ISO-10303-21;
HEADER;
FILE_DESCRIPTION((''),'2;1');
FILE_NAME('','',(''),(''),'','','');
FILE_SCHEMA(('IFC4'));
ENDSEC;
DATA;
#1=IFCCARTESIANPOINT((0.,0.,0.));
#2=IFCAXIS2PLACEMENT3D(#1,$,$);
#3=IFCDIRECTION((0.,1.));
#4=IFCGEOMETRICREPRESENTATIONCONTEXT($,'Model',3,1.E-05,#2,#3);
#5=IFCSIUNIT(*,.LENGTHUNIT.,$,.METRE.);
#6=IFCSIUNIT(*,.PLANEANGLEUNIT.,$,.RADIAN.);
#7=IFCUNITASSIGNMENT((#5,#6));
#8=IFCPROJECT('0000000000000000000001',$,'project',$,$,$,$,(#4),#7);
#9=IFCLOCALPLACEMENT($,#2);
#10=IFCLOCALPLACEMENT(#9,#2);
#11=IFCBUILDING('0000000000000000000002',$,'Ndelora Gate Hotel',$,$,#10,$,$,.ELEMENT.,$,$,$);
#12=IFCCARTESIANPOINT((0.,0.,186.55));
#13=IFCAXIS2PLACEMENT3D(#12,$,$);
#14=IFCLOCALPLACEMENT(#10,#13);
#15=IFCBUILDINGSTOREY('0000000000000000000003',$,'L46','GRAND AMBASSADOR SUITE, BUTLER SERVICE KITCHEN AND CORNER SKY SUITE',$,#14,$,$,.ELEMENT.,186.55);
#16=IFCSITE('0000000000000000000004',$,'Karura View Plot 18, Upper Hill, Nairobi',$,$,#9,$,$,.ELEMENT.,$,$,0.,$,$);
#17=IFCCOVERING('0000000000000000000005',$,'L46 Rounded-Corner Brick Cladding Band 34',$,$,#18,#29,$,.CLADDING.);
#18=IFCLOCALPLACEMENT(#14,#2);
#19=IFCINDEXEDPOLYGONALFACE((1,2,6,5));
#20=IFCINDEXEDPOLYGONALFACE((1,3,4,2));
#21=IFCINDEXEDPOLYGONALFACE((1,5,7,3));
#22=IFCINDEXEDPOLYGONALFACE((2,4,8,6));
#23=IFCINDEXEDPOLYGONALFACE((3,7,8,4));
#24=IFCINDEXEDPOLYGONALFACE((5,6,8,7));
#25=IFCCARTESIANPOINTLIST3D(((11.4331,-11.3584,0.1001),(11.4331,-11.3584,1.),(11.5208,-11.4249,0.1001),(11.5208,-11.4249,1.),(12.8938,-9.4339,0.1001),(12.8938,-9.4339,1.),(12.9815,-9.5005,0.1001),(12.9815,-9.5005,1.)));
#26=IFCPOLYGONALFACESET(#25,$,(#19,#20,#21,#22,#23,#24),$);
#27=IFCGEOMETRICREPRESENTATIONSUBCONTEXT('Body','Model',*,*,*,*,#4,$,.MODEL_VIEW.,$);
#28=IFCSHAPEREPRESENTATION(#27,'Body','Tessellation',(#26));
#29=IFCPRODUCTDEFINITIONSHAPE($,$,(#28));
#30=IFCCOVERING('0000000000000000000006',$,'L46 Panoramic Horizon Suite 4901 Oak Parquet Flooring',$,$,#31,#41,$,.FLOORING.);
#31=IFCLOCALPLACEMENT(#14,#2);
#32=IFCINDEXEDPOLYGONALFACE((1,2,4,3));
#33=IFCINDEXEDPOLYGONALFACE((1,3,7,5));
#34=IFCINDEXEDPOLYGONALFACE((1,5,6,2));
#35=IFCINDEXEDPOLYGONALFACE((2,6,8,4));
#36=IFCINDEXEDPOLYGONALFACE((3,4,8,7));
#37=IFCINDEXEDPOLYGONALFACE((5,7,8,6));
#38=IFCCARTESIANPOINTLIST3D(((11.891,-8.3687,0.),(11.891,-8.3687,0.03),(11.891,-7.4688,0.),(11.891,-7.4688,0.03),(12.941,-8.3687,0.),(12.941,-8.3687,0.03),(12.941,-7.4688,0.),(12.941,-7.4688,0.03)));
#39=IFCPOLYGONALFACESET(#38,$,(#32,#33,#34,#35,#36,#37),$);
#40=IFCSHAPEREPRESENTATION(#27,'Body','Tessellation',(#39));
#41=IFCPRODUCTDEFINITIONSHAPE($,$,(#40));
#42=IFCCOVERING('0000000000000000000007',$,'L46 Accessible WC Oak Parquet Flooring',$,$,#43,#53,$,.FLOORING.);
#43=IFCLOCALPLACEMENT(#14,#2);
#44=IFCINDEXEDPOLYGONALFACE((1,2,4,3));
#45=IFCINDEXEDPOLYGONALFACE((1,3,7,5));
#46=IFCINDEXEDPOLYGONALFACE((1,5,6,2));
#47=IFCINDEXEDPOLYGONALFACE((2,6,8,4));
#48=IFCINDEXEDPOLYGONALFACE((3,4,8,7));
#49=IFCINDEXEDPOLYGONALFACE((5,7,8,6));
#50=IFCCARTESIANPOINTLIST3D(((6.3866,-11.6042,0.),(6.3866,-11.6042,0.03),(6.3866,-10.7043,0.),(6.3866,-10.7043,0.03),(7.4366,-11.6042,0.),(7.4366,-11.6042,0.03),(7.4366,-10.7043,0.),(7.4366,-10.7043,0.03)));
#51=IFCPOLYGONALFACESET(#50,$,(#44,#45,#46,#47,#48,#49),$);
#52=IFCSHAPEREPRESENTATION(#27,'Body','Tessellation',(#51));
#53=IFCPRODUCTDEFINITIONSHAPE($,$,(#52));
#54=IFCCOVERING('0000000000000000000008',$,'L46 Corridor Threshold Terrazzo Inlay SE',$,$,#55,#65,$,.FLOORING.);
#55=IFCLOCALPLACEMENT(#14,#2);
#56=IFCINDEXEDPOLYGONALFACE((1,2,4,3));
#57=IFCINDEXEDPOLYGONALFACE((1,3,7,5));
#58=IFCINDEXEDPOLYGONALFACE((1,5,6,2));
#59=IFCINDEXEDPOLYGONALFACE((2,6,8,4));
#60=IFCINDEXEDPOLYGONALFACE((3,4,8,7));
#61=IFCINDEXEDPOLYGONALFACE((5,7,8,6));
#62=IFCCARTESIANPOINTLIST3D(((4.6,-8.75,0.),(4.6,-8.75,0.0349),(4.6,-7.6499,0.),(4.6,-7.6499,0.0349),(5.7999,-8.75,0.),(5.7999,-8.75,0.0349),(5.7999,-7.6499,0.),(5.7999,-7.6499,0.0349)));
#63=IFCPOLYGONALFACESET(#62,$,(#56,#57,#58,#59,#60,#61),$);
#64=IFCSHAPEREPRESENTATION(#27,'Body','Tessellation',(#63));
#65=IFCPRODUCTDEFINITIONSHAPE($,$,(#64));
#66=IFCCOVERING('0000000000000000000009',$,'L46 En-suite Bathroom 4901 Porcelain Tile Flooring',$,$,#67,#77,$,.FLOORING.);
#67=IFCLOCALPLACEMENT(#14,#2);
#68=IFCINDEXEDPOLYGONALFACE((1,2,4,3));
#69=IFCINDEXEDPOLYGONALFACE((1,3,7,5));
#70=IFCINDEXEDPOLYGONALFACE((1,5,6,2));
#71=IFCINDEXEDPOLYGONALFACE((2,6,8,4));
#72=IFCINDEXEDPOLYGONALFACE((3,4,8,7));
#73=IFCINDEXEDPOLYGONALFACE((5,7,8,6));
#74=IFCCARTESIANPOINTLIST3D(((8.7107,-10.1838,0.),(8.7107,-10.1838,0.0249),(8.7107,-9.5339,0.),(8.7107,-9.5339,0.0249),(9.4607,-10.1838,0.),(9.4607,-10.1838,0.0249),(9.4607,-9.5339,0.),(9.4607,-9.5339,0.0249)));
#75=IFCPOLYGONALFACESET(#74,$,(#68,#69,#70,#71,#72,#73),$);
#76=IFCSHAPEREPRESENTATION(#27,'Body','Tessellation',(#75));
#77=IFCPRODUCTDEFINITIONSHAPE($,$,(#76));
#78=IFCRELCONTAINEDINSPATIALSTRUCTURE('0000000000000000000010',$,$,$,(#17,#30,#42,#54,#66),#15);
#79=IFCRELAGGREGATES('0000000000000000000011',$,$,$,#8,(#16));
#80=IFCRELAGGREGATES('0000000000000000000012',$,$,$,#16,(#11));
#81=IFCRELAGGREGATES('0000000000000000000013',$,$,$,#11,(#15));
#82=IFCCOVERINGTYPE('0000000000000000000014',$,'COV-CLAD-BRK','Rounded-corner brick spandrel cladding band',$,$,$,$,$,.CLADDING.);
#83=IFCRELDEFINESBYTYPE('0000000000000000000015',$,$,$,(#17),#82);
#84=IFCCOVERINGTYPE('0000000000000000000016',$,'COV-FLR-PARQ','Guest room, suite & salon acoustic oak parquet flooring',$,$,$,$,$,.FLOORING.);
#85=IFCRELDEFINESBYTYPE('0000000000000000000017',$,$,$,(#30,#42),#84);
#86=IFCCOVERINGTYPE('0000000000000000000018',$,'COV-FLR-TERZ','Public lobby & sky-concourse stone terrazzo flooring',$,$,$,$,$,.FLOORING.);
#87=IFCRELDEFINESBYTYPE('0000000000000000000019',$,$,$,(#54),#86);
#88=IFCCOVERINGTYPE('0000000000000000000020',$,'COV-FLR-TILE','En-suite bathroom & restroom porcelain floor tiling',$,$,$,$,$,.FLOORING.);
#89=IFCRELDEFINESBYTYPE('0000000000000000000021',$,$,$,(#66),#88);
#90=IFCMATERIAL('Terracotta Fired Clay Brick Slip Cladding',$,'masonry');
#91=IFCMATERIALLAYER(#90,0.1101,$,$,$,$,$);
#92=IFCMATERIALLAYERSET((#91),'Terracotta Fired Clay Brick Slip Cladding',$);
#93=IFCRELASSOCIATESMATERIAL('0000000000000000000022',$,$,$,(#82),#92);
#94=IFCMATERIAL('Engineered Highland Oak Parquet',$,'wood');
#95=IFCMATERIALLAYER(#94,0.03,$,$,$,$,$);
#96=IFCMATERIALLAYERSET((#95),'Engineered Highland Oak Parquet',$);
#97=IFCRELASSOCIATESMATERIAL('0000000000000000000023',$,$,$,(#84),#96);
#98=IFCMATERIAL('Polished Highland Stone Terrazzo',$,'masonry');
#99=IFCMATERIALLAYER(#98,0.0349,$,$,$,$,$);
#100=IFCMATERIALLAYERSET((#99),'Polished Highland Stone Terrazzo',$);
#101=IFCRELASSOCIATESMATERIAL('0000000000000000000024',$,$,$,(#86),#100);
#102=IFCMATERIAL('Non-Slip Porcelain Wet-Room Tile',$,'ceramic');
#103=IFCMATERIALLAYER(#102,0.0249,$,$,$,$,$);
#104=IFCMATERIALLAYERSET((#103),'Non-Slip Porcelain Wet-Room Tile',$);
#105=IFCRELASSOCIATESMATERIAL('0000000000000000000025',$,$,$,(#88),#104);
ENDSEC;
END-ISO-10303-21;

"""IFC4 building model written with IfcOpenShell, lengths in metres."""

from ifc_helpers import new_model, si_unit, direction, frame, origin, origin_2d, place, context, subcontext, project, spatial, rectangle, extrude, material, layer, layer_set, type_object, element, save


model = new_model("IFC4")

# Units and contexts
model_context = context("Model", 3, precision=1e-05, world=origin(), true_north=direction((0.0, 1.0)))
body_context = subcontext(model_context, "Body", "Model", "MODEL_VIEW")
ifc_project = project(units=[si_unit("LENGTHUNIT", "METRE"), si_unit("PLANEANGLEUNIT", "RADIAN")], contexts=[model_context])

# Site, building, storey
site_placement = place(None, origin())
site = spatial("IfcSite", under=ifc_project, at=site_placement, Name="Karura View Plot 18, Upper Hill, Nairobi", CompositionType="ELEMENT", RefElevation=0.0)
building_placement = place(site_placement, origin())
building = spatial("IfcBuilding", under=site, at=building_placement, Name="Ndelora Gate Hotel", CompositionType="ELEMENT")
storey_placement = place(building_placement, frame((0.0, 0.0, 186.55)))
storey = spatial("IfcBuildingStorey", under=building, at=storey_placement, Name="L46", Description="GRAND AMBASSADOR SUITE, BUTLER SERVICE KITCHEN AND CORNER SKY SUITE", CompositionType="ELEMENT", Elevation=186.55)

# Coverings
ifc_material_1 = material(Name="Terracotta Fired Clay Brick Slip Cladding", Category="masonry")
ifc_layer_1 = layer(ifc_material_1, 0.1101)
ifc_layer_set_1 = layer_set([ifc_layer_1], Name="Terracotta Fired Clay Brick Slip Cladding")
covering_type_1 = type_object("IfcCoveringType", Name="COV-CLAD-BRK", Description="Rounded-corner brick spandrel cladding band", PredefinedType="CLADDING", material=ifc_layer_set_1)
covering_1_placement = place(storey_placement, frame((12.2073, -10.4294, 0.1001), z_axis=(0.0, 0.0, 1.0), x_axis=(0.604599, 0.79653, 0.0)))
element("IfcCovering", 1, at=covering_1_placement, inside=storey, type_object=covering_type_1, Name="L46 Rounded-Corner Brick Cladding Band 34", PredefinedType="CLADDING", context=body_context, shape_type="SweptSolid", body=[
    extrude(rectangle(XDim=2.416, YDim=0.1101, at=origin_2d()), origin(), (0.0, 0.0, 1.0), 0.8999),
])
ifc_material_2 = material(Name="Engineered Highland Oak Parquet", Category="wood")
ifc_layer_2 = layer(ifc_material_2, 0.03)
ifc_layer_set_2 = layer_set([ifc_layer_2], Name="Engineered Highland Oak Parquet")
covering_type_2 = type_object("IfcCoveringType", Name="COV-FLR-PARQ", Description="Guest room, suite & salon acoustic oak parquet flooring", PredefinedType="FLOORING", material=ifc_layer_set_2)
for number, where, z_axis, x_axis, name in (
    (2, (12.416, -7.9187, 0.0), (0.0, 0.0, 1.0), (1.0, 0.0, 0.0), "L46 Panoramic Horizon Suite 4901 Oak Parquet Flooring"),
    (3, (6.9116, -11.1543, 0.0), (0.0, 0.0, 1.0), (1.0, 0.0, 0.0), "L46 Accessible WC Oak Parquet Flooring"),
):
    element("IfcCovering", number, at=place(storey_placement, frame(where, z_axis=z_axis, x_axis=x_axis)), inside=storey, type_object=covering_type_2, Name=name, PredefinedType="FLOORING", context=body_context, shape_type="SweptSolid", body=[
        extrude(rectangle(XDim=1.05, YDim=0.8999, at=origin_2d()), origin(), (0.0, 0.0, 1.0), 0.03),
    ])
ifc_material_3 = material(Name="Polished Highland Stone Terrazzo", Category="masonry")
ifc_layer_3 = layer(ifc_material_3, 0.0349)
ifc_layer_set_3 = layer_set([ifc_layer_3], Name="Polished Highland Stone Terrazzo")
covering_type_3 = type_object("IfcCoveringType", Name="COV-FLR-TERZ", Description="Public lobby & sky-concourse stone terrazzo flooring", PredefinedType="FLOORING", material=ifc_layer_set_3)
covering_2_placement = place(storey_placement, frame((5.2, -8.2, 0.0), z_axis=(0.0, 0.0, 1.0), x_axis=(1.0, 0.0, 0.0)))
element("IfcCovering", 4, at=covering_2_placement, inside=storey, type_object=covering_type_3, Name="L46 Corridor Threshold Terrazzo Inlay SE", PredefinedType="FLOORING", context=body_context, shape_type="SweptSolid", body=[
    extrude(rectangle(XDim=1.2, YDim=1.1001, at=origin_2d()), origin(), (0.0, 0.0, 1.0), 0.0349),
])
ifc_material_4 = material(Name="Non-Slip Porcelain Wet-Room Tile", Category="ceramic")
ifc_layer_4 = layer(ifc_material_4, 0.0249)
ifc_layer_set_4 = layer_set([ifc_layer_4], Name="Non-Slip Porcelain Wet-Room Tile")
covering_type_4 = type_object("IfcCoveringType", Name="COV-FLR-TILE", Description="En-suite bathroom & restroom porcelain floor tiling", PredefinedType="FLOORING", material=ifc_layer_set_4)
covering_3_placement = place(storey_placement, frame((9.0857, -9.8589, 0.0), z_axis=(0.0, 0.0, 1.0), x_axis=(1.0, 0.0, 0.0)))
element("IfcCovering", 5, at=covering_3_placement, inside=storey, type_object=covering_type_4, Name="L46 En-suite Bathroom 4901 Porcelain Tile Flooring", PredefinedType="FLOORING", context=body_context, shape_type="SweptSolid", body=[
    extrude(rectangle(XDim=0.75, YDim=0.6499, at=origin_2d()), origin(), (0.0, 0.0, 1.0), 0.0249),
])

save(model, "model.ifc")
